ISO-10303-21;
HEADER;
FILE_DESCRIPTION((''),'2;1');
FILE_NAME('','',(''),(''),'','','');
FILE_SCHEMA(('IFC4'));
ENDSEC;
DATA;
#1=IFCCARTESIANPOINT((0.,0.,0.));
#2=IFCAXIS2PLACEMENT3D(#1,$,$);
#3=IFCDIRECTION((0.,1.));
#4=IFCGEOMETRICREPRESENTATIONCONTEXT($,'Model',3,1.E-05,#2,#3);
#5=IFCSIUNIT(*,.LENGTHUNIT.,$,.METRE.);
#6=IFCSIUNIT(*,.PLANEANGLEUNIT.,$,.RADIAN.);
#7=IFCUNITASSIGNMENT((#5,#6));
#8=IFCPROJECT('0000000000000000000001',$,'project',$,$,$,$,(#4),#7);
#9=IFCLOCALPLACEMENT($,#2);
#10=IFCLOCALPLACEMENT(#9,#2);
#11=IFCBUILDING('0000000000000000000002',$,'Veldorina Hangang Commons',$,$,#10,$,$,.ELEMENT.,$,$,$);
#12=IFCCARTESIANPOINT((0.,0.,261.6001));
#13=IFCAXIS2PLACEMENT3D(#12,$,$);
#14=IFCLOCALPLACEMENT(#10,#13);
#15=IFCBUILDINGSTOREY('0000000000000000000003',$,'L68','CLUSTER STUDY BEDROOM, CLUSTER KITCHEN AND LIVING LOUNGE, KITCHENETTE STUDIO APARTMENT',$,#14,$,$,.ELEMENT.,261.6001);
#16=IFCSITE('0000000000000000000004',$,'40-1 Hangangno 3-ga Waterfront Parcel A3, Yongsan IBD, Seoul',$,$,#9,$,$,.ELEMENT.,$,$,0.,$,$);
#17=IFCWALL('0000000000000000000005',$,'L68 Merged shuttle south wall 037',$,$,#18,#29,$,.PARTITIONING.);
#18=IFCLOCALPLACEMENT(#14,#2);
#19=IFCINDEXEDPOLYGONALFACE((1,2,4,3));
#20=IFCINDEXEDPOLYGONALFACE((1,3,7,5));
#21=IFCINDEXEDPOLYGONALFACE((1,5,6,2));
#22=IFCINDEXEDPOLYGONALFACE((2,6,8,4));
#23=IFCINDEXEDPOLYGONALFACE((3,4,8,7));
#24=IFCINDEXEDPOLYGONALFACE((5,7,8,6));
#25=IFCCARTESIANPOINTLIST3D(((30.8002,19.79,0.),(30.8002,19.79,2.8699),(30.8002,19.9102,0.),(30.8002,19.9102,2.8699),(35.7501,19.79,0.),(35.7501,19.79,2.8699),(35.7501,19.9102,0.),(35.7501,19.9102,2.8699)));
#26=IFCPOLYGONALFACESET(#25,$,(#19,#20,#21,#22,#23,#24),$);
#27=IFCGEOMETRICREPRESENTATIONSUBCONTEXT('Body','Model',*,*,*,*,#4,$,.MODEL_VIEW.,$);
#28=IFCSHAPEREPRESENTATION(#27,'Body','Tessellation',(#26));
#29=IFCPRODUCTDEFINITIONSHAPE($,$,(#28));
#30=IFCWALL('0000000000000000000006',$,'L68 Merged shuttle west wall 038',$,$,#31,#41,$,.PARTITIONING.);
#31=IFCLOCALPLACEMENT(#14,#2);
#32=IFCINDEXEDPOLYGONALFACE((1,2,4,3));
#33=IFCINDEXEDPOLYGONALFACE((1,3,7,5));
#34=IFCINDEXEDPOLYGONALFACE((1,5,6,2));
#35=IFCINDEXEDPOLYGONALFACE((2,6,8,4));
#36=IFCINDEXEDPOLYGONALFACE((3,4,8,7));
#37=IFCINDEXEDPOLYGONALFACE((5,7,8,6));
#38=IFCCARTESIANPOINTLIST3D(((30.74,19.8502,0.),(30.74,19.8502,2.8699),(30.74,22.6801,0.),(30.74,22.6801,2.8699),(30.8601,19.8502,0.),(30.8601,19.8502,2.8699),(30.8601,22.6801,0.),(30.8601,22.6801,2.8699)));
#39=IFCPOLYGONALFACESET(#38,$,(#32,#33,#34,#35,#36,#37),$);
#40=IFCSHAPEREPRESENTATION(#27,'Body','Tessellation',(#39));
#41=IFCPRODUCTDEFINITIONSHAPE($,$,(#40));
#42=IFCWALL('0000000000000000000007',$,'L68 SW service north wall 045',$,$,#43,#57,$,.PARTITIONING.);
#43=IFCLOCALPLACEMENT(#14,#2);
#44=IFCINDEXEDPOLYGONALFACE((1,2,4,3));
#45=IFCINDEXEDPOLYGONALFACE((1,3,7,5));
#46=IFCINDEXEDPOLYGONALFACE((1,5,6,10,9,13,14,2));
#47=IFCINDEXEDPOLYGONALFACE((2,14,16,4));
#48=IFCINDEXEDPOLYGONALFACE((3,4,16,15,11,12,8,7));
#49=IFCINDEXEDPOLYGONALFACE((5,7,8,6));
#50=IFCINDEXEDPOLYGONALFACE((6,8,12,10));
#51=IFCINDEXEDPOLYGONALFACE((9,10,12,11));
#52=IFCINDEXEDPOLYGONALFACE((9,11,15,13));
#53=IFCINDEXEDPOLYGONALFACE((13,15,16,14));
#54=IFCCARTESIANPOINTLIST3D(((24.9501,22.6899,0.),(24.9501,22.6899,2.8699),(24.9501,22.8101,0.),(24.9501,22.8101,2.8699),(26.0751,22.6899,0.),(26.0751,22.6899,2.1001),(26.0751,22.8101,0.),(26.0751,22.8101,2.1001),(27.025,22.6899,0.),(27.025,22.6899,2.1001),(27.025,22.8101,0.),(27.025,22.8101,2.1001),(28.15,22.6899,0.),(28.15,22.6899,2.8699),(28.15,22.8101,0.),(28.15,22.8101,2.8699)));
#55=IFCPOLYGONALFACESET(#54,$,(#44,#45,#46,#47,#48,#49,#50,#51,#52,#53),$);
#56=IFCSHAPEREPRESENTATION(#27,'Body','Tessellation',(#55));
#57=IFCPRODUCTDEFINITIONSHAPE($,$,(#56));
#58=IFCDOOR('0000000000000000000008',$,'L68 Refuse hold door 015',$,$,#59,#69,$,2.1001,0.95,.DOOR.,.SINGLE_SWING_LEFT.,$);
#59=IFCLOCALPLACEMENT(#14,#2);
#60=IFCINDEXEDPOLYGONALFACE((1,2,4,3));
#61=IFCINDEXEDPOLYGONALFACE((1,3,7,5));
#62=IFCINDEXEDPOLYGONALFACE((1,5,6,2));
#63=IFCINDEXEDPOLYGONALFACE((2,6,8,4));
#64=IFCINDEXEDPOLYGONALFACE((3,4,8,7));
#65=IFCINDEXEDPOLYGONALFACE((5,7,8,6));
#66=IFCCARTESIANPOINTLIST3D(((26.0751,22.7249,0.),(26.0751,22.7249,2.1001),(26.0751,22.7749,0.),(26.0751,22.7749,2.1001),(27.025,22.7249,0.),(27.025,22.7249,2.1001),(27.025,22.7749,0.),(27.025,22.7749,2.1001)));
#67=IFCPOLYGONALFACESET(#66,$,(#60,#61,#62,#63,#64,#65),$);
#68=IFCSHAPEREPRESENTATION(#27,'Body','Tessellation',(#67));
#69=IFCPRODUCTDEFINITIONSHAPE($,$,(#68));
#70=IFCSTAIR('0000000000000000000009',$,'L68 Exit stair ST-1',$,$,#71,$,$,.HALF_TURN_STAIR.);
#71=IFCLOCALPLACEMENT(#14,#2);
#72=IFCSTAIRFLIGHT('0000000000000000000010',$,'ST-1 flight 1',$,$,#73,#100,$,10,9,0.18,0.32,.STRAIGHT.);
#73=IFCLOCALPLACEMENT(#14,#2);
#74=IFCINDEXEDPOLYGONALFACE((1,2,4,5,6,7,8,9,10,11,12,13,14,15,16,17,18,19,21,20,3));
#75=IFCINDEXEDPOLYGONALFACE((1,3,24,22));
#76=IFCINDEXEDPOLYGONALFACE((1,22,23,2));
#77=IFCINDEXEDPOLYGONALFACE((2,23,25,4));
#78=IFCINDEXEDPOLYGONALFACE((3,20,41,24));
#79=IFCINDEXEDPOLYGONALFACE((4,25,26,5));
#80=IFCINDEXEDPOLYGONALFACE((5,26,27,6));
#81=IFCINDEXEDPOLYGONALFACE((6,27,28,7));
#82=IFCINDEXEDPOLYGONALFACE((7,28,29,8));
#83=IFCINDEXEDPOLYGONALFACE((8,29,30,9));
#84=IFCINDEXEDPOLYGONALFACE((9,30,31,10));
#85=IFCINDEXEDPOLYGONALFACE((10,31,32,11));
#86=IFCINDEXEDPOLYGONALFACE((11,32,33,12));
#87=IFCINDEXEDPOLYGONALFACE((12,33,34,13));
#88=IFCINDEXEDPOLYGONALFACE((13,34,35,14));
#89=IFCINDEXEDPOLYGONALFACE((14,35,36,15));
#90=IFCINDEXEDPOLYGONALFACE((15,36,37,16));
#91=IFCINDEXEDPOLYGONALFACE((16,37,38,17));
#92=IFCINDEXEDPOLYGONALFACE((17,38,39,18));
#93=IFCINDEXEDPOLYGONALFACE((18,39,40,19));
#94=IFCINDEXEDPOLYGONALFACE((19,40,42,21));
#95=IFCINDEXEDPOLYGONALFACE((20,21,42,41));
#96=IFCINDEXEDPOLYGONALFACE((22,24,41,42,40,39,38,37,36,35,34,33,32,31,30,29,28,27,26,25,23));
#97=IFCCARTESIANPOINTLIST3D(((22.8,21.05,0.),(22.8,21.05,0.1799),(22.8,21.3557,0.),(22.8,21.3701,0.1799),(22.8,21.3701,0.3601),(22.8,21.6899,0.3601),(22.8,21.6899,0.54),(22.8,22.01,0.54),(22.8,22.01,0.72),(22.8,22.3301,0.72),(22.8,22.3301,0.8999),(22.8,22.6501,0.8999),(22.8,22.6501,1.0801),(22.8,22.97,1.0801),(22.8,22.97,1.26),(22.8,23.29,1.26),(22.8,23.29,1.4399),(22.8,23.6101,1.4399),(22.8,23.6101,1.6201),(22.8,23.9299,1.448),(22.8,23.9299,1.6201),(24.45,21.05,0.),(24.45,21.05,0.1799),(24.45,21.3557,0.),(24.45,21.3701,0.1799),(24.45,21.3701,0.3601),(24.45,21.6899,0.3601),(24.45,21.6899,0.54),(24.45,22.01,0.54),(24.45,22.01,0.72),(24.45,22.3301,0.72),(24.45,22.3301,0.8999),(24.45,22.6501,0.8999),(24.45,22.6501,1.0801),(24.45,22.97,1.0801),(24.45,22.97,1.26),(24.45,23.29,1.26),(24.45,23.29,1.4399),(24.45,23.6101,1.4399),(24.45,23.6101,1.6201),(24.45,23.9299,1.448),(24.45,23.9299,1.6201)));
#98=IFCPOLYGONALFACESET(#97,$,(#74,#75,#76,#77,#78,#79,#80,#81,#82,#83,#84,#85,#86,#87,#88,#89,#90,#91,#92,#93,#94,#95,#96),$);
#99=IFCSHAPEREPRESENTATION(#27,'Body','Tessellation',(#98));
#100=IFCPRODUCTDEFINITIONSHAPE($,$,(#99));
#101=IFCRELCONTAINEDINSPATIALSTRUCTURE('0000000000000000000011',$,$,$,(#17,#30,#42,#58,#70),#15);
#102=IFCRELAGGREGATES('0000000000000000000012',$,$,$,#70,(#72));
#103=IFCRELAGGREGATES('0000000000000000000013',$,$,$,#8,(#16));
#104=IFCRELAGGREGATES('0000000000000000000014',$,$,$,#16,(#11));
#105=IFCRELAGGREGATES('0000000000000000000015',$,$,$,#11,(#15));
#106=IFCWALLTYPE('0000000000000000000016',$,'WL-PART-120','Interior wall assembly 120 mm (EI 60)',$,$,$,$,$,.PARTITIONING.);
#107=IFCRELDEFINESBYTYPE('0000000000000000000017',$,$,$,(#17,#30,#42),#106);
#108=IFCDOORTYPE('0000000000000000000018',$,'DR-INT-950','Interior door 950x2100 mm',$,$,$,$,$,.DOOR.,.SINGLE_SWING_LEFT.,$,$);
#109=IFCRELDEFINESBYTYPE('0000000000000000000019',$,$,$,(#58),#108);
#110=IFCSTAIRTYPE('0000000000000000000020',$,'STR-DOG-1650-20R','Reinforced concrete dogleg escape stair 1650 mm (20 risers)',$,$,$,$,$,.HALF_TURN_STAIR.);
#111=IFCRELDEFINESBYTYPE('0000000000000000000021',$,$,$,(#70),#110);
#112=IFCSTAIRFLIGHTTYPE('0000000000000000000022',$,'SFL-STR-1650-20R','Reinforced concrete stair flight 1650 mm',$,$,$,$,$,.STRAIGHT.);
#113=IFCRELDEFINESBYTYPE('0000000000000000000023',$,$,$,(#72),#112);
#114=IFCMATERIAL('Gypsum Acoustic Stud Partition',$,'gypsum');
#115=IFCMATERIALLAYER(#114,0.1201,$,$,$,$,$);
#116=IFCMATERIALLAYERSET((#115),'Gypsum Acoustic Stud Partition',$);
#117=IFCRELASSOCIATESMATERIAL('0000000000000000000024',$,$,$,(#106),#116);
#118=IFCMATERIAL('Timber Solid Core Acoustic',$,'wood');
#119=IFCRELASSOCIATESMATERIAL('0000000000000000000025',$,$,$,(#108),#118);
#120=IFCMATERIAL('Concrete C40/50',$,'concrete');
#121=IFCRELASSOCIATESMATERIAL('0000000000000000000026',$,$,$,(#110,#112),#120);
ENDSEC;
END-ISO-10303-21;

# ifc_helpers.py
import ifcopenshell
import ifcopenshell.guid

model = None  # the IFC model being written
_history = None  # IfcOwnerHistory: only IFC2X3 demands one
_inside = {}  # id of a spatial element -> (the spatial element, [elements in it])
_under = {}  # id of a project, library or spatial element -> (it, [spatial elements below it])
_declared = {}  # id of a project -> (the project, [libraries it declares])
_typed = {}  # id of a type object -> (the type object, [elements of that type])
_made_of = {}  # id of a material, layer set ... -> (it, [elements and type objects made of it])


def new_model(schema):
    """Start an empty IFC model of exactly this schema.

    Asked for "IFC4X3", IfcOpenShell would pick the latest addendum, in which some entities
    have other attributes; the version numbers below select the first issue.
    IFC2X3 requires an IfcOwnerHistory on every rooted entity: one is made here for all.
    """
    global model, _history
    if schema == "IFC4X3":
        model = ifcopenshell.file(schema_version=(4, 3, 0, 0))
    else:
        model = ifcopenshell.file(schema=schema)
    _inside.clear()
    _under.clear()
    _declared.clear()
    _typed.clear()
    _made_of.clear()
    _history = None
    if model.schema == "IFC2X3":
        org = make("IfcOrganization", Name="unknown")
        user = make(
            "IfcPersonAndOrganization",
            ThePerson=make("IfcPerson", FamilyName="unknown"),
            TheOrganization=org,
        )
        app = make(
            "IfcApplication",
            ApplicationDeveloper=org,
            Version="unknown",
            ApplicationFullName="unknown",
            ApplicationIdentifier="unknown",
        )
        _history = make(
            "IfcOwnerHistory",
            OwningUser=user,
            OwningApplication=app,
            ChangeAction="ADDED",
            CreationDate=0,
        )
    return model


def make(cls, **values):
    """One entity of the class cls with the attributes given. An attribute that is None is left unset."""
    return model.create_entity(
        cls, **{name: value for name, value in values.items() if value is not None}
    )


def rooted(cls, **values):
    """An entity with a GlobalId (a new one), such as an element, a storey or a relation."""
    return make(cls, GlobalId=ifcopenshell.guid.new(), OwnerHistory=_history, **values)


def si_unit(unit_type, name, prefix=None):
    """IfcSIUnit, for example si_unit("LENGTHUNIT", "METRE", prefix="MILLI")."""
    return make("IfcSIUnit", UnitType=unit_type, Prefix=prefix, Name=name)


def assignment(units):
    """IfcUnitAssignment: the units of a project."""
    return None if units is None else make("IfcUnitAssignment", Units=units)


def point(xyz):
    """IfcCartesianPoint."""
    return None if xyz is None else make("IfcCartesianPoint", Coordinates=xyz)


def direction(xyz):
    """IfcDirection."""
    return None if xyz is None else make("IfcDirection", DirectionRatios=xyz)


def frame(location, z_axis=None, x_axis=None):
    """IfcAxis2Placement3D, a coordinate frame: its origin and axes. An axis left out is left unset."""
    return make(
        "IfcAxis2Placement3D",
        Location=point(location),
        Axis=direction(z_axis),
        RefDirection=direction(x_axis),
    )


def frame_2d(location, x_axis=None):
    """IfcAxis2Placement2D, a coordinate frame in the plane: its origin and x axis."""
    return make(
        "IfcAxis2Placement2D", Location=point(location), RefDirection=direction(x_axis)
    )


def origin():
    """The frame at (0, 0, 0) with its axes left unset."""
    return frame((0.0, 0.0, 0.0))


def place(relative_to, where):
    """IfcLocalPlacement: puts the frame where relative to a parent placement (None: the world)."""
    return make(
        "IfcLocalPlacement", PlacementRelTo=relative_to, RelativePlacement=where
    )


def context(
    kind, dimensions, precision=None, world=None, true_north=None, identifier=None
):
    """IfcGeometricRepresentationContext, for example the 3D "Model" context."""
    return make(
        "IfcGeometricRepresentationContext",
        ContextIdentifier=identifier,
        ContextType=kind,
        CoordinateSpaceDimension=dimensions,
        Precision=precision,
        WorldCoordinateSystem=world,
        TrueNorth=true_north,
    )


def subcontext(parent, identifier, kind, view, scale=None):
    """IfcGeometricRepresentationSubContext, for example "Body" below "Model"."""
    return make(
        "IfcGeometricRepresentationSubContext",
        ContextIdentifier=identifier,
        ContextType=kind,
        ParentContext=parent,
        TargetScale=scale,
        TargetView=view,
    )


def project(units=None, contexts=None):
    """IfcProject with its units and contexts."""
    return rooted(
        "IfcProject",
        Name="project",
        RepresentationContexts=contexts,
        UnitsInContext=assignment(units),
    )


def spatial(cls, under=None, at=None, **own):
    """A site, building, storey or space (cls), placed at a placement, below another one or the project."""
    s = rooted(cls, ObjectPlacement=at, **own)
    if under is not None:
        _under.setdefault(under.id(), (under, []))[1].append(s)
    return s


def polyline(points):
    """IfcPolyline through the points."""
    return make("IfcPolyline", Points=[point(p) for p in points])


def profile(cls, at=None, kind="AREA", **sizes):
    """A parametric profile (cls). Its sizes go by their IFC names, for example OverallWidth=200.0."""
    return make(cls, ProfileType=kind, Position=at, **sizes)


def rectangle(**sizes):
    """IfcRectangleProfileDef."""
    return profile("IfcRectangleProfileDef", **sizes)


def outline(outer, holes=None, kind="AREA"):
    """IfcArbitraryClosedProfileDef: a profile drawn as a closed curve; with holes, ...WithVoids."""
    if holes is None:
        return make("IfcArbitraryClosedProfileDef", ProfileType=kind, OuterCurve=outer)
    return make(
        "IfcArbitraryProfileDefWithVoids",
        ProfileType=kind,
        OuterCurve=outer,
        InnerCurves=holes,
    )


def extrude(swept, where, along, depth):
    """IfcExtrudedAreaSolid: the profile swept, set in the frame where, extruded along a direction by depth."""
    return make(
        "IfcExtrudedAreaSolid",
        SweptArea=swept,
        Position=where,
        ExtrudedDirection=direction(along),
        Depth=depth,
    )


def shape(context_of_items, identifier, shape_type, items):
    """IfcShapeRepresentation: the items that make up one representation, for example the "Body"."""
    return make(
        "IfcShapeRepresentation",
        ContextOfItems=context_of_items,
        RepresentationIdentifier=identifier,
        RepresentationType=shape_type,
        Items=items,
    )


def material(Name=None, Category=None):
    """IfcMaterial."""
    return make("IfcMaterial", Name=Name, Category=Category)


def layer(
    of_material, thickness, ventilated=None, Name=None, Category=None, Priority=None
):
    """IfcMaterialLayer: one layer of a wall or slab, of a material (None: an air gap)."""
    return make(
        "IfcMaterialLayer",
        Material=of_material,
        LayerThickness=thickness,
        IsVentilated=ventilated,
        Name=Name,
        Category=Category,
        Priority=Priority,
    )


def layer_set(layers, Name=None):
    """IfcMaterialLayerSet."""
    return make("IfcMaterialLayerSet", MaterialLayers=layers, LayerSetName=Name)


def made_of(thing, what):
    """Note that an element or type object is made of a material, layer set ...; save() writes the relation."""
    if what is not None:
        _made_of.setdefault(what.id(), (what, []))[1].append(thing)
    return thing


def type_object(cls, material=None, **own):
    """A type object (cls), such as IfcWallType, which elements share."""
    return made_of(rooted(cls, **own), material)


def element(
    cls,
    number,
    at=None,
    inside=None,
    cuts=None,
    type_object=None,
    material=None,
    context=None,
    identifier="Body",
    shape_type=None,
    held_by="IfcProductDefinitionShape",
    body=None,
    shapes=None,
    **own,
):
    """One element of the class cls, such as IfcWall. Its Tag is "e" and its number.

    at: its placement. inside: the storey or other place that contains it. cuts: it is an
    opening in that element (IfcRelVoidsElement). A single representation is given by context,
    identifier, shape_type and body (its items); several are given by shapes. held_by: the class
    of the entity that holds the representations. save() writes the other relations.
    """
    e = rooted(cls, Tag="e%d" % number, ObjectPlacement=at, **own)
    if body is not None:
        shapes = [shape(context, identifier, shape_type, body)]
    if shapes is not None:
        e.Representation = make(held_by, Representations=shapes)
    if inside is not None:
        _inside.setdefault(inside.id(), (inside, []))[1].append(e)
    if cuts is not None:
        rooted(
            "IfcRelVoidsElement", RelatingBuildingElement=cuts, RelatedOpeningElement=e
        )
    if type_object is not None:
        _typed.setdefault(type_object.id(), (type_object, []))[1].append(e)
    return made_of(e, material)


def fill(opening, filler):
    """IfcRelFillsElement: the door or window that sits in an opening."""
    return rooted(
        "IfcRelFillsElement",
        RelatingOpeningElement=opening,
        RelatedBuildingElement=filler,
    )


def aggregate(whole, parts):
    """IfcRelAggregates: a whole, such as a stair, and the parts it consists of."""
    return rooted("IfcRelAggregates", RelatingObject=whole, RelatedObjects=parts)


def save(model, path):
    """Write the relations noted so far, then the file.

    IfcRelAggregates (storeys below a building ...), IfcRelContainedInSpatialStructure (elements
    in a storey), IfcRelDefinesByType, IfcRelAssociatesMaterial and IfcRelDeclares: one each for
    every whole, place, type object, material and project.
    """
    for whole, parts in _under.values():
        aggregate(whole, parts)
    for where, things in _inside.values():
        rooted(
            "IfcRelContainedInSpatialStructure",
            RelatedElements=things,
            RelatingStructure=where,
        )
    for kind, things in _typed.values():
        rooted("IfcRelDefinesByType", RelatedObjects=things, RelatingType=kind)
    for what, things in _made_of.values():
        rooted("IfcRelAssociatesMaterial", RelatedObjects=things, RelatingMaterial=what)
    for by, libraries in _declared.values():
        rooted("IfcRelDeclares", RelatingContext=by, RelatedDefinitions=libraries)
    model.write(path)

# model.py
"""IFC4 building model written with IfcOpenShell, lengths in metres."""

from ifc_helpers import new_model, si_unit, direction, frame, frame_2d, origin, place, context, subcontext, project, spatial, polyline, rectangle, outline, extrude, material, layer, layer_set, type_object, element, fill, aggregate, save


model = new_model("IFC4")

# Units and contexts
model_context = context("Model", 3, precision=1e-05, world=origin(), true_north=direction((0.0, 1.0)))
body_context = subcontext(model_context, "Body", "Model", "MODEL_VIEW")
ifc_project = project(units=[si_unit("LENGTHUNIT", "METRE"), si_unit("PLANEANGLEUNIT", "RADIAN")], contexts=[model_context])

# Site, building, storey
site_placement = place(None, origin())
site = spatial("IfcSite", under=ifc_project, at=site_placement, Name="40-1 Hangangno 3-ga Waterfront Parcel A3, Yongsan IBD, Seoul", CompositionType="ELEMENT", RefElevation=0.0)
building_placement = place(site_placement, origin())
building = spatial("IfcBuilding", under=site, at=building_placement, Name="Veldorina Hangang Commons", CompositionType="ELEMENT")
storey_placement = place(building_placement, frame((0.0, 0.0, 261.6001)))
storey = spatial("IfcBuildingStorey", under=building, at=storey_placement, Name="L68", Description="CLUSTER STUDY BEDROOM, CLUSTER KITCHEN AND LIVING LOUNGE, KITCHENETTE STUDIO APARTMENT", CompositionType="ELEMENT", Elevation=261.6001)

# Shared definitions
ifc_material_1 = material(Name="Gypsum Acoustic Stud Partition", Category="gypsum")
ifc_layer_1 = layer(ifc_material_1, 0.1201)
ifc_layer_set_1 = layer_set([ifc_layer_1], Name="Gypsum Acoustic Stud Partition")
wall_type_1 = type_object("IfcWallType", Name="WL-PART-120", Description="Interior wall assembly 120 mm (EI 60)", PredefinedType="PARTITIONING", material=ifc_layer_set_1)
ifc_material_2 = material(Name="Timber Solid Core Acoustic", Category="wood")
door_type_1 = type_object("IfcDoorType", Name="DR-INT-950", Description="Interior door 950x2100 mm", OperationType="SINGLE_SWING_LEFT", PredefinedType="DOOR", material=ifc_material_2)

# Walls
wall_1_placement = place(storey_placement, frame((30.8, 19.8501, 0.0), z_axis=(0.0, 0.0, 1.0), x_axis=(1.0, 0.0, 0.0)))
element("IfcWall", 1, at=wall_1_placement, inside=storey, type_object=wall_type_1, Name="L68 Merged shuttle south wall 037", PredefinedType="PARTITIONING", context=body_context, shape_type="SweptSolid", body=[
    extrude(rectangle(XDim=4.95, YDim=0.1201, at=frame_2d((2.4751, 0.0))), origin(), (0.0, 0.0, 1.0), 2.8699),
])
wall_2_placement = place(storey_placement, frame((30.8, 19.8501, 0.0), z_axis=(0.0, 0.0, 1.0), x_axis=(0.0, 1.0, 0.0)))
element("IfcWall", 2, at=wall_2_placement, inside=storey, type_object=wall_type_1, Name="L68 Merged shuttle west wall 038", PredefinedType="PARTITIONING", context=body_context, shape_type="SweptSolid", body=[
    extrude(rectangle(XDim=2.8298, YDim=0.1201, at=frame_2d((1.415, 0.0))), origin(), (0.0, 0.0, 1.0), 2.8699),
])

# Wall, opening, door
wall_3_placement = place(storey_placement, frame((24.95, 22.75, 0.0), z_axis=(0.0, 0.0, 1.0), x_axis=(1.0, 0.0, 0.0)))
wall_3 = element("IfcWall", 3, at=wall_3_placement, inside=storey, type_object=wall_type_1, Name="L68 SW service north wall 045", PredefinedType="PARTITIONING", context=body_context, shape_type="SweptSolid", body=[
    extrude(rectangle(XDim=3.2, YDim=0.1201, at=frame_2d((1.6001, 0.0))), origin(), (0.0, 0.0, 1.0), 2.8699),
])
opening_1_placement = place(wall_3_placement, frame((1.125, 0.0, 0.0)))
opening_1 = element("IfcOpeningElement", 4, at=opening_1_placement, cuts=wall_3, PredefinedType="OPENING", context=body_context, shape_type="SweptSolid", body=[
    extrude(rectangle(XDim=0.95, YDim=2.1001, at=frame_2d((0.4751, 1.05))), frame((0.0, 0.0701, 0.0), z_axis=(0.0, -1.0, 0.0), x_axis=(1.0, 0.0, 0.0)), (0.0, 0.0, 1.0), 0.1401),
])
door_1_placement = place(opening_1_placement, origin())
door_1 = element("IfcDoor", 5, at=door_1_placement, inside=storey, type_object=door_type_1, Name="L68 Refuse hold door 015", OperationType="SINGLE_SWING_LEFT", OverallHeight=2.1001, OverallWidth=0.95, PredefinedType="DOOR", context=body_context, shape_type="SweptSolid", body=[
    extrude(rectangle(XDim=0.95, YDim=2.1001, at=frame_2d((0.4751, 1.05))), frame((0.0, 0.0249, 0.0), z_axis=(0.0, -1.0, 0.0), x_axis=(1.0, 0.0, 0.0)), (0.0, 0.0, 1.0), 0.05),
])
fill(opening_1, door_1)

# Stair, stair flight
ifc_material_3 = material(Name="Concrete C40/50", Category="concrete")
stair_type = type_object("IfcStairType", Name="STR-DOG-1650-20R", Description="Reinforced concrete dogleg escape stair 1650 mm (20 risers)", PredefinedType="HALF_TURN_STAIR", material=ifc_material_3)
stair_placement = place(storey_placement, origin())
stair = element("IfcStair", 6, at=stair_placement, inside=storey, type_object=stair_type, Name="L68 Exit stair ST-1", PredefinedType="HALF_TURN_STAIR")
stair_flight_type = type_object("IfcStairFlightType", Name="SFL-STR-1650-20R", Description="Reinforced concrete stair flight 1650 mm", PredefinedType="STRAIGHT", material=ifc_material_3)
stair_flight_placement = place(storey_placement, frame((23.625, 21.05, 0.0), z_axis=(0.0, 0.0, 1.0), x_axis=(0.0, 1.0, 0.0)))
stair_flight = element("IfcStairFlight", 7, at=stair_flight_placement, type_object=stair_flight_type, Name="ST-1 flight 1", NumberOfRisers=10, NumberOfTreads=9, PredefinedType="STRAIGHT", RiserHeight=0.18, TreadLength=0.32, context=body_context, shape_type="SweptSolid", body=[
    extrude(outline(polyline([(0.0, 0.0), (0.0, 0.1799), (0.3201, 0.1799), (0.3201, 0.3601), (0.6399, 0.3601), (0.6399, 0.54), (0.96, 0.54), (0.96, 0.72), (1.28, 0.72), (1.28, 0.8999), (1.6001, 0.8999), (1.6001, 1.0801), (1.9199, 1.0801), (1.9199, 1.26), (2.24, 1.26), (2.24, 1.4399), (2.5601, 1.4399), (2.5601, 1.6201), (2.8799, 1.6201), (2.8799, 1.8), (2.8799, 1.448), (0.3057, 0.0), (0.0, 0.0)])), frame((0.0, 0.825, 0.0), z_axis=(0.0, -1.0, 0.0), x_axis=(1.0, 0.0, 0.0)), (0.0, 0.0, 1.0), 1.6499),
])
aggregate(stair, [stair_flight])

save(model, "model.ifc")
